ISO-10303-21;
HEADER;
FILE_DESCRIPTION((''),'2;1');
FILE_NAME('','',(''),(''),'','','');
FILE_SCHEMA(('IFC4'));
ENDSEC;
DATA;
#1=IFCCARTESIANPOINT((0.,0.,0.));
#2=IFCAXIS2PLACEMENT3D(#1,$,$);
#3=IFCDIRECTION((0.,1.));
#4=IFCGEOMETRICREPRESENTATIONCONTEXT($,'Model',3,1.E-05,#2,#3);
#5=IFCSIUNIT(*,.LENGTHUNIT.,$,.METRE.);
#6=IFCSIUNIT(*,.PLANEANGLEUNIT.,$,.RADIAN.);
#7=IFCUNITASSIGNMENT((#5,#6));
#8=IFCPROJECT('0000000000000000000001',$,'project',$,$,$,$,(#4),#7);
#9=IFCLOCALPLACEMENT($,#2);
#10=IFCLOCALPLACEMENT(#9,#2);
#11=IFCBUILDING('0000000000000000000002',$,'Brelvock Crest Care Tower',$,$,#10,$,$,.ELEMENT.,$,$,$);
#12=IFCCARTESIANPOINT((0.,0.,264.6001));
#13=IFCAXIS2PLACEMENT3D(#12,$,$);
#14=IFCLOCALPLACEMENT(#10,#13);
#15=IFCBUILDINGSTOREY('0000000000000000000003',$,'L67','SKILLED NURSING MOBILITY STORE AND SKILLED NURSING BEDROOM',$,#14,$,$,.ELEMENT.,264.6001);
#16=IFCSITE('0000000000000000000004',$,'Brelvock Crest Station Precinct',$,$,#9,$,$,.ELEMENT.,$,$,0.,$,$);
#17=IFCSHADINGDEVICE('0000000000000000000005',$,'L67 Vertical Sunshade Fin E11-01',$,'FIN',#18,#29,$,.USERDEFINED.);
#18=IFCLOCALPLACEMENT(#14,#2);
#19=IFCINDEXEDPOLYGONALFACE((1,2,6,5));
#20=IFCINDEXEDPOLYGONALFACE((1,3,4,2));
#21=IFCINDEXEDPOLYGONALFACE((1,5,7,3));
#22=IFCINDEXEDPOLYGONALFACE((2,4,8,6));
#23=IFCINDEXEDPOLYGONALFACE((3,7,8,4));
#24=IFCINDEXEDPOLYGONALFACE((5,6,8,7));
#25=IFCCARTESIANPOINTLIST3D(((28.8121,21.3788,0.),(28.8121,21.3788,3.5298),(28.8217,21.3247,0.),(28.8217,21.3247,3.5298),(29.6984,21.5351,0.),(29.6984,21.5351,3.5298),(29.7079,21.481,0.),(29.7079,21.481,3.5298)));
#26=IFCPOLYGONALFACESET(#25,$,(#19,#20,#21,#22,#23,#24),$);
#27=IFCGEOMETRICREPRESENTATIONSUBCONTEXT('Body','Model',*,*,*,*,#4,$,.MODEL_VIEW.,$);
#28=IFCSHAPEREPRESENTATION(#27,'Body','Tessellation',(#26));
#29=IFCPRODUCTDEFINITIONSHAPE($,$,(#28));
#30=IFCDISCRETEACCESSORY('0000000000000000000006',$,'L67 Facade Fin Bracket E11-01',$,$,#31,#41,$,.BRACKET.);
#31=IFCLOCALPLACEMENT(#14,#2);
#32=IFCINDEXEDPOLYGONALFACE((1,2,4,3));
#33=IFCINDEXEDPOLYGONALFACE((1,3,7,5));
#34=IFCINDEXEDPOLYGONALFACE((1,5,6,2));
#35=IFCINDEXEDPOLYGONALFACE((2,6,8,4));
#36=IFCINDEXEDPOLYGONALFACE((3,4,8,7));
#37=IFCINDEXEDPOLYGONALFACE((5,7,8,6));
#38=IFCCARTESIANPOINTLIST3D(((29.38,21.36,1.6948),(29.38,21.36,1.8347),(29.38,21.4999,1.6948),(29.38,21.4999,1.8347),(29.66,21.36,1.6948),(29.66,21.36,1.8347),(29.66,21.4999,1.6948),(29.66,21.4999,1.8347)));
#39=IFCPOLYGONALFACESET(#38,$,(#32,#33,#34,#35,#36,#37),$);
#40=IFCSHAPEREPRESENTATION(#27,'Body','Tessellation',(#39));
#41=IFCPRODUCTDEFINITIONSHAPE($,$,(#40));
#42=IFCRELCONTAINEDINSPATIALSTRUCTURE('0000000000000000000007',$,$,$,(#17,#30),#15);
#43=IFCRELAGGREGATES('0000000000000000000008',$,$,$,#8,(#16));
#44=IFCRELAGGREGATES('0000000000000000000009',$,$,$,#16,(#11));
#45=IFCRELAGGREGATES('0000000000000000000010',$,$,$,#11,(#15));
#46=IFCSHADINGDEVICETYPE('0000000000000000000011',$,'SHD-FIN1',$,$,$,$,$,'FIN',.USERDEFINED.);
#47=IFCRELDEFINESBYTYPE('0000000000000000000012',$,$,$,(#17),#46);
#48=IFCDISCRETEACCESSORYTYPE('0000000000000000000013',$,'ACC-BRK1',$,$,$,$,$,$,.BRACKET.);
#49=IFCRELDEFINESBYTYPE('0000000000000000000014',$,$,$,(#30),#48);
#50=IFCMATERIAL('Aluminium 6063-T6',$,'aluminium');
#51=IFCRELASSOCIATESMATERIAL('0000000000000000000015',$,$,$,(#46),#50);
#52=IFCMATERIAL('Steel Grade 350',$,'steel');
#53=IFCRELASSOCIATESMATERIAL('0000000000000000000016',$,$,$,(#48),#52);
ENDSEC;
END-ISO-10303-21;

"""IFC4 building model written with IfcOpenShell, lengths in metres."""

from ifc_helpers import new_model, si_unit, direction, frame, origin, origin_2d, place, context, subcontext, project, spatial, rectangle, extrude, source, transform, mapped, material, material_profile, profile_set, type_object, element, save


model = new_model("IFC4")

# Units and contexts
model_context = context("Model", 3, precision=1e-05, world=origin(), true_north=direction((0.0, 1.0)))
body_context = subcontext(model_context, "Body", "Model", "MODEL_VIEW")
ifc_project = project(units=[si_unit("LENGTHUNIT", "METRE"), si_unit("PLANEANGLEUNIT", "RADIAN")], contexts=[model_context])

# Site, building, storey
site_placement = place(None, origin())
site = spatial("IfcSite", under=ifc_project, at=site_placement, Name="Brelvock Crest Station Precinct", CompositionType="ELEMENT", RefElevation=0.0)
building_placement = place(site_placement, origin())
building = spatial("IfcBuilding", under=site, at=building_placement, Name="Brelvock Crest Care Tower", CompositionType="ELEMENT")
storey_placement = place(building_placement, frame((0.0, 0.0, 264.6001)))
storey = spatial("IfcBuildingStorey", under=building, at=storey_placement, Name="L67", Description="SKILLED NURSING MOBILITY STORE AND SKILLED NURSING BEDROOM", CompositionType="ELEMENT", Elevation=264.6001)

# Shared definitions
ifc_material_1 = material(Name="Steel Grade 350", Category="steel")

# Shared definitions
ifc_material_2 = material(Name="Aluminium 6063-T6", Category="aluminium")

# Shading device
ifc_material_profile_1 = material_profile(ifc_material_2, rectangle(XDim=0.0549, YDim=0.8999, at=origin_2d()), Name="FIN55x900")
ifc_profile_set_1 = profile_set([ifc_material_profile_1], Name="Aluminium 6063-T6")
shading_device_type = type_object("IfcShadingDeviceType", Name="SHD-FIN1", ElementType="FIN", PredefinedType="USERDEFINED", material=ifc_profile_set_1)
shared_shape_1 = source(origin(), body_context, "Body", "SweptSolid", [
    extrude(rectangle(XDim=0.0549, YDim=0.8999, at=origin_2d()), origin(), (0.0, 0.0, 1.0), 3.5298),
])
shading_device_placement = place(storey_placement, frame((29.26, 21.4299, 0.0), z_axis=(0.0, 0.0, 1.0), x_axis=(-0.173648, 0.984808, 0.0)))
element("IfcShadingDevice", 1, at=shading_device_placement, inside=storey, type_object=shading_device_type, Name="L67 Vertical Sunshade Fin E11-01", ObjectType="FIN", PredefinedType="USERDEFINED", context=body_context, shape_type="MappedRepresentation", body=[
    mapped(shared_shape_1, transform((0.0, 0.0, 0.0), x_axis=(1.0, 0.0, 0.0), y_axis=(0.0, 1.0, 0.0), z_axis=(0.0, 0.0, 1.0), scale=1.0)),
])

# Discrete accessory
discrete_accessory_type = type_object("IfcDiscreteAccessoryType", Name="ACC-BRK1", PredefinedType="BRACKET", material=ifc_material_1)
shared_shape_2 = source(origin(), body_context, "Body", "SweptSolid", [
    extrude(rectangle(XDim=0.28, YDim=0.1399, at=origin_2d()), origin(), (0.0, 0.0, 1.0), 0.1399),
])
discrete_accessory_placement = place(storey_placement, frame((29.52, 21.4299, 1.6948), z_axis=(0.0, 0.0, 1.0), x_axis=(-1.0, 0.0, 0.0)))
element("IfcDiscreteAccessory", 2, at=discrete_accessory_placement, inside=storey, type_object=discrete_accessory_type, Name="L67 Facade Fin Bracket E11-01", PredefinedType="BRACKET", context=body_context, shape_type="MappedRepresentation", body=[
    mapped(shared_shape_2, transform((0.0, 0.0, 0.0), x_axis=(1.0, 0.0, 0.0), y_axis=(0.0, 1.0, 0.0), z_axis=(0.0, 0.0, 1.0), scale=1.0)),
])

save(model, "model.ifc")
